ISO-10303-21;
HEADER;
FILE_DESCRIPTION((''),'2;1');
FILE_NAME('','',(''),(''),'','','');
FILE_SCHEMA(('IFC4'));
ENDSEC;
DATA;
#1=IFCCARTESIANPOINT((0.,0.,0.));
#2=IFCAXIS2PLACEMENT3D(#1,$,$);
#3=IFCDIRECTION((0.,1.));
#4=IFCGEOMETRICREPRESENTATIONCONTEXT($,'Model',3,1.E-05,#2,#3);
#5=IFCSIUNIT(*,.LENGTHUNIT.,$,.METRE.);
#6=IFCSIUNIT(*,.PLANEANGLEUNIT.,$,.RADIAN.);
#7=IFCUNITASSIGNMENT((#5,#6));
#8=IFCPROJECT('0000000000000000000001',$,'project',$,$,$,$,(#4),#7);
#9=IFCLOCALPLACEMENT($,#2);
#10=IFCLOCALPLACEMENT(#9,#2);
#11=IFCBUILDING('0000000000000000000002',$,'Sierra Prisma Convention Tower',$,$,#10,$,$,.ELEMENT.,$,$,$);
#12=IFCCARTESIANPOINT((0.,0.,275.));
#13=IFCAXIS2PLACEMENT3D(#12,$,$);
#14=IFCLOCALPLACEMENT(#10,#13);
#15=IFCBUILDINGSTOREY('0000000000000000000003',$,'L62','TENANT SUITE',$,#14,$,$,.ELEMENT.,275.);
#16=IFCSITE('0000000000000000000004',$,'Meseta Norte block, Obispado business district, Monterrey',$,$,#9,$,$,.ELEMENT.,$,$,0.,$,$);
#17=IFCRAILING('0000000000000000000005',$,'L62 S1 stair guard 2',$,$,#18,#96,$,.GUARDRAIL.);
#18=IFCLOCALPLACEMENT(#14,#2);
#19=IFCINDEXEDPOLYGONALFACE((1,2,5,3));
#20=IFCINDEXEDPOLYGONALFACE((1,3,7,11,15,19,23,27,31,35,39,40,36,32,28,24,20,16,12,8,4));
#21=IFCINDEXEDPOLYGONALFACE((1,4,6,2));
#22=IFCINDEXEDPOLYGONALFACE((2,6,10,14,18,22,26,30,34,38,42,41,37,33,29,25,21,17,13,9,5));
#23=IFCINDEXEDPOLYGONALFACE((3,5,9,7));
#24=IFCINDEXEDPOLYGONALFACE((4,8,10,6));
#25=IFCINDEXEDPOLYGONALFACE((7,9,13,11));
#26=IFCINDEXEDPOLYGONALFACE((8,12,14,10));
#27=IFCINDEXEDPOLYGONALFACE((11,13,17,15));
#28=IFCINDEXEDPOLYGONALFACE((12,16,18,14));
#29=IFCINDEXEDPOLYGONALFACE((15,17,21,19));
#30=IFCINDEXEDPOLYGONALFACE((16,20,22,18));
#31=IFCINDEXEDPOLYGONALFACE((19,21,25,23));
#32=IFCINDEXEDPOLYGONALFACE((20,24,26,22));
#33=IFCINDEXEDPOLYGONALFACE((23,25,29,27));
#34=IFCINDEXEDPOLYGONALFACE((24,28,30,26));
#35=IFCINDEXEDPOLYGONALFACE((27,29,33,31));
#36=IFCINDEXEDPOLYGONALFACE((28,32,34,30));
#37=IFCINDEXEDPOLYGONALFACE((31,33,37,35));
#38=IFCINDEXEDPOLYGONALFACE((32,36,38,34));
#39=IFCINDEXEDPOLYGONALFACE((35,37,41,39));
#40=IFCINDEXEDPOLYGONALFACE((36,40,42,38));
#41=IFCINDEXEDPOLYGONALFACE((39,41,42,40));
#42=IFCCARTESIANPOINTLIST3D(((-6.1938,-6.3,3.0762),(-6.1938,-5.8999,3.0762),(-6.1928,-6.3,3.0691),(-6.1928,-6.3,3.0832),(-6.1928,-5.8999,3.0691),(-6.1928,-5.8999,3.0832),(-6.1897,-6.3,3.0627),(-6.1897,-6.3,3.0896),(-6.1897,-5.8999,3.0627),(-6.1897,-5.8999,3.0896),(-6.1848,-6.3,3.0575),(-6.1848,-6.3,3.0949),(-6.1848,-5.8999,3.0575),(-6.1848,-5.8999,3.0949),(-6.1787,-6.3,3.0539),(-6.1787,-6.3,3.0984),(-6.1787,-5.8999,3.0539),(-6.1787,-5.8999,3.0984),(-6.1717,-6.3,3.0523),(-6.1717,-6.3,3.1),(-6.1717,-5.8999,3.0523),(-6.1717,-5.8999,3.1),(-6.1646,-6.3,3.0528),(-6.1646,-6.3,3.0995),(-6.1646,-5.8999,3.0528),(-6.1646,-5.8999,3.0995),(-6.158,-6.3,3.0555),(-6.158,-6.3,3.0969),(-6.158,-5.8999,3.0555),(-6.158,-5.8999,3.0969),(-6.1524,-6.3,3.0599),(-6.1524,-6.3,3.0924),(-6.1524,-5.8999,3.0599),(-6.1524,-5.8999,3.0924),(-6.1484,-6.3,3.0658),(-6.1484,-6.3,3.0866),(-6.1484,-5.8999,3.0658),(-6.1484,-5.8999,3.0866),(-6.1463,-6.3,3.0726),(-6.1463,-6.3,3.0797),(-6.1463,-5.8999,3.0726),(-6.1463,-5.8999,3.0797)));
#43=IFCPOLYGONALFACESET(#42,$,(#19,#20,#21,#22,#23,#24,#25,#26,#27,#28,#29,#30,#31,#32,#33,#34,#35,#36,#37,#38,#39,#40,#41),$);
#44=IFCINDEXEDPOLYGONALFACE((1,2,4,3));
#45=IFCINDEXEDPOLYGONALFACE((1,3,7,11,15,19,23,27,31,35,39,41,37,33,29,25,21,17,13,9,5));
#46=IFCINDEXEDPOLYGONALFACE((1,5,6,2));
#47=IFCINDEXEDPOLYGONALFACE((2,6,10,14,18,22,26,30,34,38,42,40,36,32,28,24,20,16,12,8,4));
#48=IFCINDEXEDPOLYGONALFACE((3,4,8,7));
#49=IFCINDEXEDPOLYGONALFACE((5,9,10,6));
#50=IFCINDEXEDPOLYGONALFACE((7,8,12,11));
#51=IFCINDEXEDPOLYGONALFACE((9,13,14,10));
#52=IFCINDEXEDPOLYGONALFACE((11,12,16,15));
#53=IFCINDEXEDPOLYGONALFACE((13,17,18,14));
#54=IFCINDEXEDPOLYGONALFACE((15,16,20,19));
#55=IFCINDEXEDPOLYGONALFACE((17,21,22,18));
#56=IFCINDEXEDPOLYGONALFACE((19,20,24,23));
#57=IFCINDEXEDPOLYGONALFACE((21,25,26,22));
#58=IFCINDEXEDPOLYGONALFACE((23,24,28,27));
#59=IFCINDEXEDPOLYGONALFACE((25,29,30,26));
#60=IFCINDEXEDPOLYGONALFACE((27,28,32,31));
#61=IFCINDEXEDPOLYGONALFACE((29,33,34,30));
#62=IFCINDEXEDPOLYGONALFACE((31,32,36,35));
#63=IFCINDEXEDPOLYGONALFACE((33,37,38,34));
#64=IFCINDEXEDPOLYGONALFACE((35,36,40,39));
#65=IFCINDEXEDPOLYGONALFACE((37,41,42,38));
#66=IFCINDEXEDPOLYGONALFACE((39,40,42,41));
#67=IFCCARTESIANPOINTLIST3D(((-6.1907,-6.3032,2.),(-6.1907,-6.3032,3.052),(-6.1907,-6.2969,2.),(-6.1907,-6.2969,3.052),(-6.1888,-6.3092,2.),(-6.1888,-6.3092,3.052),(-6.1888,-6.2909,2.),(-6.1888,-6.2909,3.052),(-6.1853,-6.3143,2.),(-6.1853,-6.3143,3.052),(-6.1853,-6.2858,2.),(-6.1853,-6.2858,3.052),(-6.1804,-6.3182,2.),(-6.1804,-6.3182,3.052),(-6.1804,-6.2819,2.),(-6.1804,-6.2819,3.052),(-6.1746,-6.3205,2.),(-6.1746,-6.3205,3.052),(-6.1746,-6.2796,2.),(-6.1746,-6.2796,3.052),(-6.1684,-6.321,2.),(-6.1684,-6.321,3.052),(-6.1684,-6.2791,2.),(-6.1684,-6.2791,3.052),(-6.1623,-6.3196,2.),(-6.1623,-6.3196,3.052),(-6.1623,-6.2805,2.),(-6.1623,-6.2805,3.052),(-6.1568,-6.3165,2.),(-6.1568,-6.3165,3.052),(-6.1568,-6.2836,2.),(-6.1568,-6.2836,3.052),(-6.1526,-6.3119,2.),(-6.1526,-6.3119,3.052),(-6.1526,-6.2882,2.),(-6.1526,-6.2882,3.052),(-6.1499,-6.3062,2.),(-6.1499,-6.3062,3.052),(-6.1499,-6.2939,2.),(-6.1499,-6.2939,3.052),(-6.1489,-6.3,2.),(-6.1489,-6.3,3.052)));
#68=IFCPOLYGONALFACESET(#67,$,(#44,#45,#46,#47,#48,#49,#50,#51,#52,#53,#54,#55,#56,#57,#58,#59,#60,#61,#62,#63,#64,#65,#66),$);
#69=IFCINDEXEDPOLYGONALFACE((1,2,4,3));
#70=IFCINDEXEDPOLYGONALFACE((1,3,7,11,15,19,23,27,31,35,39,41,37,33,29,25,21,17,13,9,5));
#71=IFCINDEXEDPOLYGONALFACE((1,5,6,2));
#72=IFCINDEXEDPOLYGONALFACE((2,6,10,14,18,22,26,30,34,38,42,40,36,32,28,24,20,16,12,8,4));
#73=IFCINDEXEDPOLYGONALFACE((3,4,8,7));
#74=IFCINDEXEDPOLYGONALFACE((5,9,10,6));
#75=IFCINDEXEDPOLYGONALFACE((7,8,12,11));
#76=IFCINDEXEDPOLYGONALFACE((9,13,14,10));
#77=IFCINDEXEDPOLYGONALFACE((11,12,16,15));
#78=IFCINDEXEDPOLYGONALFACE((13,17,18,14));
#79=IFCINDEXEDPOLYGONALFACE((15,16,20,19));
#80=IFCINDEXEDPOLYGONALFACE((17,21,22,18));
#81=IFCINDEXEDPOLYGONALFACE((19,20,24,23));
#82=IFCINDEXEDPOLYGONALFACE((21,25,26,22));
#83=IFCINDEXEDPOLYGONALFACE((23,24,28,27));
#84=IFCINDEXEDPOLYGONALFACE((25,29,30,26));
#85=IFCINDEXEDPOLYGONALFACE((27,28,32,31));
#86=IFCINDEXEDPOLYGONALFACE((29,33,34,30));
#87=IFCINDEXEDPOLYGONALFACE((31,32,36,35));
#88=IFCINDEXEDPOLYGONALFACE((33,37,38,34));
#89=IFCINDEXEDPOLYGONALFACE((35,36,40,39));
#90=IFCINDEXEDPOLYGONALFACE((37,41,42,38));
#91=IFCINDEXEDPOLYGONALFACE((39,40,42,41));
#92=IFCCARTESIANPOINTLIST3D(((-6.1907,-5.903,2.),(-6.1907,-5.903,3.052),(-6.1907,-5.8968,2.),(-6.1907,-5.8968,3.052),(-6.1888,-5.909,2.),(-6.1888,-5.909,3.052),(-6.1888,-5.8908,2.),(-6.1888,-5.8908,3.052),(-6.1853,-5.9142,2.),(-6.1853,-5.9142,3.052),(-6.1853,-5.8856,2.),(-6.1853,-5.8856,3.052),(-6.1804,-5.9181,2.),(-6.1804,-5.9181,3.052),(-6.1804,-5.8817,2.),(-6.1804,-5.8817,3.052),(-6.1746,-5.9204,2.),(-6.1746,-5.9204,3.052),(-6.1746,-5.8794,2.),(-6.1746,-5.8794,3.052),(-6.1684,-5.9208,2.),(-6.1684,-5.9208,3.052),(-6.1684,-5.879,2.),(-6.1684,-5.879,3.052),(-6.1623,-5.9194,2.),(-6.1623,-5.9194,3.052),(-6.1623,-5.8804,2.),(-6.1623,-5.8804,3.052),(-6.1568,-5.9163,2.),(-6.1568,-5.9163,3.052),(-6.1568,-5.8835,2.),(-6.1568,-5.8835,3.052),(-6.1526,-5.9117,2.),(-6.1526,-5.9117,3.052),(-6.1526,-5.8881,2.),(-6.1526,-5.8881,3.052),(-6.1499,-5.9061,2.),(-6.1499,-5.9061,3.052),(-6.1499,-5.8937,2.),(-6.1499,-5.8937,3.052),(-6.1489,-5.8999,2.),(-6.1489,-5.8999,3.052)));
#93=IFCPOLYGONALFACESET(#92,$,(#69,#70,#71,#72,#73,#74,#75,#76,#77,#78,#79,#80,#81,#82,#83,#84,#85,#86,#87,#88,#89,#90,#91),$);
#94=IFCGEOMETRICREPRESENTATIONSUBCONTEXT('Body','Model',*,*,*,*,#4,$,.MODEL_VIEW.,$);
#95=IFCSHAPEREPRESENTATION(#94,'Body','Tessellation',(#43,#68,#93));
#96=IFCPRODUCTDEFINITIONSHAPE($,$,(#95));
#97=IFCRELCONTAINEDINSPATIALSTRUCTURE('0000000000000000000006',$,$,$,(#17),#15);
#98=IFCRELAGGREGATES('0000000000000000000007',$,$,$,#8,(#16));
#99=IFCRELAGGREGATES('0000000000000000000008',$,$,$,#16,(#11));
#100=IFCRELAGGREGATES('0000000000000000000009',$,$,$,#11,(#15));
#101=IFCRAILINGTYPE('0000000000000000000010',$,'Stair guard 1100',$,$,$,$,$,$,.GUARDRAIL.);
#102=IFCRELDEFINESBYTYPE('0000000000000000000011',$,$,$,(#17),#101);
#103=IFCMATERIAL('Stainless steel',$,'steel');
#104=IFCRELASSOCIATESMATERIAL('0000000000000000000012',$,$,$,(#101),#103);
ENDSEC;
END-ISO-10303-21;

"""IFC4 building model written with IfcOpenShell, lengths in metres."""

from ifc_helpers import new_model, si_unit, direction, frame, origin, origin_2d, place, context, subcontext, project, spatial, circle, extrude, material, type_object, element, save


model = new_model("IFC4")

# Units and contexts
model_context = context("Model", 3, precision=1e-05, world=origin(), true_north=direction((0.0, 1.0)))
body_context = subcontext(model_context, "Body", "Model", "MODEL_VIEW")
ifc_project = project(units=[si_unit("LENGTHUNIT", "METRE"), si_unit("PLANEANGLEUNIT", "RADIAN")], contexts=[model_context])

# Site, building, storey
site_placement = place(None, origin())
site = spatial("IfcSite", under=ifc_project, at=site_placement, Name="Meseta Norte block, Obispado business district, Monterrey", CompositionType="ELEMENT", RefElevation=0.0)
building_placement = place(site_placement, origin())
building = spatial("IfcBuilding", under=site, at=building_placement, Name="Sierra Prisma Convention Tower", CompositionType="ELEMENT")
storey_placement = place(building_placement, frame((0.0, 0.0, 275.0)))
storey = spatial("IfcBuildingStorey", under=building, at=storey_placement, Name="L62", Description="TENANT SUITE", CompositionType="ELEMENT", Elevation=275.0)

# Railing
ifc_material_1 = material(Name="Stainless steel", Category="steel")
railing_type_1 = type_object("IfcRailingType", Name="Stair guard 1100", PredefinedType="GUARDRAIL", material=ifc_material_1)
railing_1_placement = place(storey_placement, frame((-6.1699, -6.3, 2.0)))
element("IfcRailing", 1, at=railing_1_placement, inside=storey, type_object=railing_type_1, Name="L62 S1 stair guard 2", PredefinedType="GUARDRAIL", context=body_context, shape_type="SweptSolid", body=[
    extrude(circle(Radius=0.0239, at=origin_2d()), frame((0.0, 0.0, 1.0762), z_axis=(0.0, 1.0, 0.0), x_axis=(-1.0, 0.0, 0.0)), (0.0, 0.0, 1.0), 0.4001),
    extrude(circle(Radius=0.021, at=origin_2d()), origin(), (0.0, 0.0, 1.0), 1.052),
    extrude(circle(Radius=0.021, at=origin_2d()), frame((0.0, 0.4001, 0.0)), (0.0, 0.0, 1.0), 1.052),
])

save(model, "model.ifc")
